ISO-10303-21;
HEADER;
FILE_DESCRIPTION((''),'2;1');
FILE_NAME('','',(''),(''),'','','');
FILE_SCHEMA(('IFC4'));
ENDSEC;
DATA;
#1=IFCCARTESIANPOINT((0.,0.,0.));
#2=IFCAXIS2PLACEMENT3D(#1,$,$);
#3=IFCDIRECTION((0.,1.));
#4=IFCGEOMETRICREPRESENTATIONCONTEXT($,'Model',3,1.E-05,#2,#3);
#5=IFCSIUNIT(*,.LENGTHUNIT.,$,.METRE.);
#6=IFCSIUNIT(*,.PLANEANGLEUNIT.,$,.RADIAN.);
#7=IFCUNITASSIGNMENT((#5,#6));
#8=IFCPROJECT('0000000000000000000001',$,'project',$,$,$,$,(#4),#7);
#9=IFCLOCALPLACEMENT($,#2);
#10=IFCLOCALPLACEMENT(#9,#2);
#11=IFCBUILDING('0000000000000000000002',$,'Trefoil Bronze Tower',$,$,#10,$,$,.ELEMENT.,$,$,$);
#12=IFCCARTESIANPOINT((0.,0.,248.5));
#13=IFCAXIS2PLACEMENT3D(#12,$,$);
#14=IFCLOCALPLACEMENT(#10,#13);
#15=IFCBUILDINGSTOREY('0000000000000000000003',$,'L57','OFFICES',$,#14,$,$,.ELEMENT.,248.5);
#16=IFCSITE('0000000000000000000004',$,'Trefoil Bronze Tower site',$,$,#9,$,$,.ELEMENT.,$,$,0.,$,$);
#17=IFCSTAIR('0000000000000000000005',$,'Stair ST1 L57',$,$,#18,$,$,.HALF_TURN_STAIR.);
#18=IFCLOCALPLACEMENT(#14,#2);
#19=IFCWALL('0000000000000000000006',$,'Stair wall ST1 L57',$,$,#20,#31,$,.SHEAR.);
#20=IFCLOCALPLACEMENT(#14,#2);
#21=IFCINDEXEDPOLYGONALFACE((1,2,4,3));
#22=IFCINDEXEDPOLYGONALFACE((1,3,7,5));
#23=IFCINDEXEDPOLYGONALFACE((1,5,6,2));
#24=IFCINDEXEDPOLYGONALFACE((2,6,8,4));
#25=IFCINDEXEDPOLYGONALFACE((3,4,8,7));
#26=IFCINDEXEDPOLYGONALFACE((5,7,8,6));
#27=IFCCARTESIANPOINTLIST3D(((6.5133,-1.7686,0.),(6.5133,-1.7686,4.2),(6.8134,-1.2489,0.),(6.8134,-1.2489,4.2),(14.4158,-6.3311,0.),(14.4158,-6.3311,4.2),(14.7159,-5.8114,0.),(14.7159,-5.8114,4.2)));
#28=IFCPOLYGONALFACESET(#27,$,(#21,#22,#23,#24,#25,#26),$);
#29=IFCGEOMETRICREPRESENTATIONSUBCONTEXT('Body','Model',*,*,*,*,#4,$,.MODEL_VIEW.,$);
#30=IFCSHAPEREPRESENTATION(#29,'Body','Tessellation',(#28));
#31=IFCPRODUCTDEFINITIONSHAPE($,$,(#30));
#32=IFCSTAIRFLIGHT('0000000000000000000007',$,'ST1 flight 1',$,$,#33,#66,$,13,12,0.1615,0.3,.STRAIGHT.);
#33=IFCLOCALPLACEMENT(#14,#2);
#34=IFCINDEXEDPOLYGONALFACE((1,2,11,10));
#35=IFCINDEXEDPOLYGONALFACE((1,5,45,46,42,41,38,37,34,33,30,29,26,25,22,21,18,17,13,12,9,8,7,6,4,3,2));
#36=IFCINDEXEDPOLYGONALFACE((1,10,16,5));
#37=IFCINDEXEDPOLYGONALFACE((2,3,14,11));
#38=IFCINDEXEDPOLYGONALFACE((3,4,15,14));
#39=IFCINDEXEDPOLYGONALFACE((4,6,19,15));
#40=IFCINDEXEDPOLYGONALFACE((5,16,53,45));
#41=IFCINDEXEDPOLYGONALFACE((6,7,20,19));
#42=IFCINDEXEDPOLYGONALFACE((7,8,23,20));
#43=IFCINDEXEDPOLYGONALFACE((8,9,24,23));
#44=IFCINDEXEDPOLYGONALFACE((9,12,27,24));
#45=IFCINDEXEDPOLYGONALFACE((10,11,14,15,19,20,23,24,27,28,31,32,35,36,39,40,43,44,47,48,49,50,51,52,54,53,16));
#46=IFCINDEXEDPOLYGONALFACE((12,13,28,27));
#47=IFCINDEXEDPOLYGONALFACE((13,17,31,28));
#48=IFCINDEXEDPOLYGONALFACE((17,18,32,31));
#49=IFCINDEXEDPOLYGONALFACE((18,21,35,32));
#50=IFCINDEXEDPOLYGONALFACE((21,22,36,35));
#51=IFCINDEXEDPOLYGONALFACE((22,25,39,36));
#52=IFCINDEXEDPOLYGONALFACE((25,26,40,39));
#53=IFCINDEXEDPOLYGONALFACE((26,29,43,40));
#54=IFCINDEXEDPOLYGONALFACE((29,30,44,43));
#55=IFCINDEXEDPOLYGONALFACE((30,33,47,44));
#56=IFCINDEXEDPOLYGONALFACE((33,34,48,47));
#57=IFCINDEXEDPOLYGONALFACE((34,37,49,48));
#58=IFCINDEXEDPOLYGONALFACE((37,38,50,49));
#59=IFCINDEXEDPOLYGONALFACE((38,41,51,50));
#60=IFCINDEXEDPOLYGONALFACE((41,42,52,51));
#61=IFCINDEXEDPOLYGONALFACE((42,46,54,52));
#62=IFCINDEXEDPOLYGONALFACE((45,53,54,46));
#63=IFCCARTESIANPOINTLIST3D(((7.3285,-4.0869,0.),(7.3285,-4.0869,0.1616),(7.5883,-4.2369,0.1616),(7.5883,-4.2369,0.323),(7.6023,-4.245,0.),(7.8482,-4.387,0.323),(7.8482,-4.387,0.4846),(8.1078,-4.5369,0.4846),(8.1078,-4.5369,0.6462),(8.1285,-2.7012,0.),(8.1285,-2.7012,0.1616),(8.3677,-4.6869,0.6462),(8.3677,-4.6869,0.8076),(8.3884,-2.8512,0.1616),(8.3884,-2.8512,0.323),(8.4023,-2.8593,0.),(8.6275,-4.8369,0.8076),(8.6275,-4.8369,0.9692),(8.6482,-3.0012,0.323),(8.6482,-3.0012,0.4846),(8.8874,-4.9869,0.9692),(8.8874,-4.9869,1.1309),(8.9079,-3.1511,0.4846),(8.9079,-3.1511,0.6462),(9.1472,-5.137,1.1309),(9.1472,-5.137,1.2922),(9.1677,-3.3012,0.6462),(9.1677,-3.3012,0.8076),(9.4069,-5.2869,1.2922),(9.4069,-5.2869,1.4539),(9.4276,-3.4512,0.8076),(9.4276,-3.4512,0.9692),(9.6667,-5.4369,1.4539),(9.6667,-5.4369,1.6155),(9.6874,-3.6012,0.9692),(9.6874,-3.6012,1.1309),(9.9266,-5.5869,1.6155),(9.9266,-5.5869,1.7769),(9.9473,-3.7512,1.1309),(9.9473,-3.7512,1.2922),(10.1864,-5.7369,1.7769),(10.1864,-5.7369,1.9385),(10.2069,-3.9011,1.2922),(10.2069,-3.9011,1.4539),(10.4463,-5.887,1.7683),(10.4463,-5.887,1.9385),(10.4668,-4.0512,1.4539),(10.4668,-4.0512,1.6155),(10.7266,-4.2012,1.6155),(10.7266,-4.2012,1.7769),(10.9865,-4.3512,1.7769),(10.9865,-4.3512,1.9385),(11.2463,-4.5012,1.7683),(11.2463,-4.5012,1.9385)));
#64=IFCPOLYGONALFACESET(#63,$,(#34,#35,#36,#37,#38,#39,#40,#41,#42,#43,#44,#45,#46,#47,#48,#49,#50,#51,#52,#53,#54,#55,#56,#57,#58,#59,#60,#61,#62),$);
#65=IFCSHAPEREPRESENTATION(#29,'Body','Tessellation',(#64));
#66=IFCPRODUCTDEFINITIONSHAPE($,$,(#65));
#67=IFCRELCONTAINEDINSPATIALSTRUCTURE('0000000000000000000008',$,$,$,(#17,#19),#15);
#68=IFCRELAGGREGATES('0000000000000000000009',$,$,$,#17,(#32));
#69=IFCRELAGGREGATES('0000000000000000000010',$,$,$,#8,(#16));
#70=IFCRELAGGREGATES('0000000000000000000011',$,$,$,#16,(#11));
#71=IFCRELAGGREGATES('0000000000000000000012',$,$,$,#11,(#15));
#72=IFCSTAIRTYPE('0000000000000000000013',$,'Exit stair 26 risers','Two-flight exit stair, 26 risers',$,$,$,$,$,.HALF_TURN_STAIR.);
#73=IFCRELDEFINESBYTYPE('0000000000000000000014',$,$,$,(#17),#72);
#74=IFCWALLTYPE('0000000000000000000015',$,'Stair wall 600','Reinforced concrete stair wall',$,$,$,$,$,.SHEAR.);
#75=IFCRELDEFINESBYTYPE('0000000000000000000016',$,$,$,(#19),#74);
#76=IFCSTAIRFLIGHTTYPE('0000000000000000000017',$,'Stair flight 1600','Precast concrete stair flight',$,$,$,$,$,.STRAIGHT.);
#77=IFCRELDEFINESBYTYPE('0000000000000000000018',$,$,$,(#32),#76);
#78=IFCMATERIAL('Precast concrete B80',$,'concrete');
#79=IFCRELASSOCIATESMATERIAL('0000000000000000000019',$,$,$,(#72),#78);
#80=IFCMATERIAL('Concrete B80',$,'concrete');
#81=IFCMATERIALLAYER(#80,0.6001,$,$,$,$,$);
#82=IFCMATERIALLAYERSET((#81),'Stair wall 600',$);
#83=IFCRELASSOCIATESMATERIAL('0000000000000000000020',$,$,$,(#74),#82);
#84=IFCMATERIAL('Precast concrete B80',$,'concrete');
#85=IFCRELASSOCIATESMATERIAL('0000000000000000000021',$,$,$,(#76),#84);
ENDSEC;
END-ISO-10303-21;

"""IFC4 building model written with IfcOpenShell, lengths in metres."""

from ifc_helpers import new_model, si_unit, direction, frame, frame_2d, origin, place, context, subcontext, project, spatial, polyline, rectangle, outline, extrude, material, layer, layer_set, type_object, element, aggregate, save


model = new_model("IFC4")

# Units and contexts
model_context = context("Model", 3, precision=1e-05, world=origin(), true_north=direction((0.0, 1.0)))
body_context = subcontext(model_context, "Body", "Model", "MODEL_VIEW")
ifc_project = project(units=[si_unit("LENGTHUNIT", "METRE"), si_unit("PLANEANGLEUNIT", "RADIAN")], contexts=[model_context])

# Site, building, storey
site_placement = place(None, origin())
site = spatial("IfcSite", under=ifc_project, at=site_placement, Name="Trefoil Bronze Tower site", CompositionType="ELEMENT", RefElevation=0.0)
building_placement = place(site_placement, origin())
building = spatial("IfcBuilding", under=site, at=building_placement, Name="Trefoil Bronze Tower", CompositionType="ELEMENT")
storey_placement = place(building_placement, frame((0.0, 0.0, 248.5)))
storey = spatial("IfcBuildingStorey", under=building, at=storey_placement, Name="L57", Description="OFFICES", CompositionType="ELEMENT", Elevation=248.5)

# Stair
ifc_material_1 = material(Name="Precast concrete B80", Category="concrete")
stair_type = type_object("IfcStairType", Name="Exit stair 26 risers", Description="Two-flight exit stair, 26 risers", PredefinedType="HALF_TURN_STAIR", material=ifc_material_1)
stair_1_placement = place(storey_placement, origin())
stair_1 = element("IfcStair", 1, at=stair_1_placement, inside=storey, type_object=stair_type, Name="Stair ST1 L57", PredefinedType="HALF_TURN_STAIR")

# Wall
ifc_material_2 = material(Name="Concrete B80", Category="concrete")
ifc_layer_1 = layer(ifc_material_2, 0.6001)
ifc_layer_set_1 = layer_set([ifc_layer_1], Name="Stair wall 600")
wall_type_1 = type_object("IfcWallType", Name="Stair wall 600", Description="Reinforced concrete stair wall", PredefinedType="SHEAR", material=ifc_layer_set_1)
for number, where, z_axis, x_axis, name in (
    (2, (6.6633, -1.5088, 0.0), (0.0, 0.0, 1.0), (0.866028, -0.499995, 0.0), "Stair wall ST1 L57"),
):
    element("IfcWall", number, at=place(storey_placement, frame(where, z_axis=z_axis, x_axis=x_axis)), inside=storey, type_object=wall_type_1, Name=name, PredefinedType="SHEAR", context=body_context, shape_type="SweptSolid", body=[
        extrude(rectangle(XDim=9.125, YDim=0.6001, at=frame_2d((4.5625, 0.0))), origin(), (0.0, 0.0, 1.0), 4.2),
    ])

# Stair flight
ifc_material_3 = material(Name="Precast concrete B80", Category="concrete")
stair_flight_type = type_object("IfcStairFlightType", Name="Stair flight 1600", Description="Precast concrete stair flight", PredefinedType="STRAIGHT", material=ifc_material_3)
stair_flight_placement = place(storey_placement, frame((7.7285, -3.394, 0.0), z_axis=(0.0, 0.0, 1.0), x_axis=(0.866025, -0.5, 0.0)))
stair_flight = element("IfcStairFlight", 3, at=stair_flight_placement, type_object=stair_flight_type, Name="ST1 flight 1", NumberOfRisers=13, NumberOfTreads=12, PredefinedType="STRAIGHT", RiserHeight=0.1615, TreadLength=0.3, context=body_context, shape_type="SweptSolid", body=[
    extrude(outline(polyline([(0.0, 0.0), (0.0, 0.1616), (0.3, 0.1616), (0.3, 0.323), (0.6001, 0.323), (0.6001, 0.4846), (0.8999, 0.4846), (0.8999, 0.6462), (1.2, 0.6462), (1.2, 0.8076), (1.5, 0.8076), (1.5, 0.9692), (1.8, 0.9692), (1.8, 1.1309), (2.1001, 1.1309), (2.1001, 1.2922), (2.3999, 1.2922), (2.3999, 1.4539), (2.7, 1.4539), (2.7, 1.6155), (3.0, 1.6155), (3.0, 1.7769), (3.3, 1.7769), (3.3, 1.9385), (3.6001, 1.9385), (3.6001, 2.1001), (3.6001, 1.7683), (0.3162, 0.0), (0.0, 0.0)])), frame((0.0, 0.8, 0.0), z_axis=(0.0, -1.0, 0.0), x_axis=(1.0, 0.0, 0.0)), (0.0, 0.0, 1.0), 1.6001),
])
aggregate(stair_1, [stair_flight])

save(model, "model.ifc")
